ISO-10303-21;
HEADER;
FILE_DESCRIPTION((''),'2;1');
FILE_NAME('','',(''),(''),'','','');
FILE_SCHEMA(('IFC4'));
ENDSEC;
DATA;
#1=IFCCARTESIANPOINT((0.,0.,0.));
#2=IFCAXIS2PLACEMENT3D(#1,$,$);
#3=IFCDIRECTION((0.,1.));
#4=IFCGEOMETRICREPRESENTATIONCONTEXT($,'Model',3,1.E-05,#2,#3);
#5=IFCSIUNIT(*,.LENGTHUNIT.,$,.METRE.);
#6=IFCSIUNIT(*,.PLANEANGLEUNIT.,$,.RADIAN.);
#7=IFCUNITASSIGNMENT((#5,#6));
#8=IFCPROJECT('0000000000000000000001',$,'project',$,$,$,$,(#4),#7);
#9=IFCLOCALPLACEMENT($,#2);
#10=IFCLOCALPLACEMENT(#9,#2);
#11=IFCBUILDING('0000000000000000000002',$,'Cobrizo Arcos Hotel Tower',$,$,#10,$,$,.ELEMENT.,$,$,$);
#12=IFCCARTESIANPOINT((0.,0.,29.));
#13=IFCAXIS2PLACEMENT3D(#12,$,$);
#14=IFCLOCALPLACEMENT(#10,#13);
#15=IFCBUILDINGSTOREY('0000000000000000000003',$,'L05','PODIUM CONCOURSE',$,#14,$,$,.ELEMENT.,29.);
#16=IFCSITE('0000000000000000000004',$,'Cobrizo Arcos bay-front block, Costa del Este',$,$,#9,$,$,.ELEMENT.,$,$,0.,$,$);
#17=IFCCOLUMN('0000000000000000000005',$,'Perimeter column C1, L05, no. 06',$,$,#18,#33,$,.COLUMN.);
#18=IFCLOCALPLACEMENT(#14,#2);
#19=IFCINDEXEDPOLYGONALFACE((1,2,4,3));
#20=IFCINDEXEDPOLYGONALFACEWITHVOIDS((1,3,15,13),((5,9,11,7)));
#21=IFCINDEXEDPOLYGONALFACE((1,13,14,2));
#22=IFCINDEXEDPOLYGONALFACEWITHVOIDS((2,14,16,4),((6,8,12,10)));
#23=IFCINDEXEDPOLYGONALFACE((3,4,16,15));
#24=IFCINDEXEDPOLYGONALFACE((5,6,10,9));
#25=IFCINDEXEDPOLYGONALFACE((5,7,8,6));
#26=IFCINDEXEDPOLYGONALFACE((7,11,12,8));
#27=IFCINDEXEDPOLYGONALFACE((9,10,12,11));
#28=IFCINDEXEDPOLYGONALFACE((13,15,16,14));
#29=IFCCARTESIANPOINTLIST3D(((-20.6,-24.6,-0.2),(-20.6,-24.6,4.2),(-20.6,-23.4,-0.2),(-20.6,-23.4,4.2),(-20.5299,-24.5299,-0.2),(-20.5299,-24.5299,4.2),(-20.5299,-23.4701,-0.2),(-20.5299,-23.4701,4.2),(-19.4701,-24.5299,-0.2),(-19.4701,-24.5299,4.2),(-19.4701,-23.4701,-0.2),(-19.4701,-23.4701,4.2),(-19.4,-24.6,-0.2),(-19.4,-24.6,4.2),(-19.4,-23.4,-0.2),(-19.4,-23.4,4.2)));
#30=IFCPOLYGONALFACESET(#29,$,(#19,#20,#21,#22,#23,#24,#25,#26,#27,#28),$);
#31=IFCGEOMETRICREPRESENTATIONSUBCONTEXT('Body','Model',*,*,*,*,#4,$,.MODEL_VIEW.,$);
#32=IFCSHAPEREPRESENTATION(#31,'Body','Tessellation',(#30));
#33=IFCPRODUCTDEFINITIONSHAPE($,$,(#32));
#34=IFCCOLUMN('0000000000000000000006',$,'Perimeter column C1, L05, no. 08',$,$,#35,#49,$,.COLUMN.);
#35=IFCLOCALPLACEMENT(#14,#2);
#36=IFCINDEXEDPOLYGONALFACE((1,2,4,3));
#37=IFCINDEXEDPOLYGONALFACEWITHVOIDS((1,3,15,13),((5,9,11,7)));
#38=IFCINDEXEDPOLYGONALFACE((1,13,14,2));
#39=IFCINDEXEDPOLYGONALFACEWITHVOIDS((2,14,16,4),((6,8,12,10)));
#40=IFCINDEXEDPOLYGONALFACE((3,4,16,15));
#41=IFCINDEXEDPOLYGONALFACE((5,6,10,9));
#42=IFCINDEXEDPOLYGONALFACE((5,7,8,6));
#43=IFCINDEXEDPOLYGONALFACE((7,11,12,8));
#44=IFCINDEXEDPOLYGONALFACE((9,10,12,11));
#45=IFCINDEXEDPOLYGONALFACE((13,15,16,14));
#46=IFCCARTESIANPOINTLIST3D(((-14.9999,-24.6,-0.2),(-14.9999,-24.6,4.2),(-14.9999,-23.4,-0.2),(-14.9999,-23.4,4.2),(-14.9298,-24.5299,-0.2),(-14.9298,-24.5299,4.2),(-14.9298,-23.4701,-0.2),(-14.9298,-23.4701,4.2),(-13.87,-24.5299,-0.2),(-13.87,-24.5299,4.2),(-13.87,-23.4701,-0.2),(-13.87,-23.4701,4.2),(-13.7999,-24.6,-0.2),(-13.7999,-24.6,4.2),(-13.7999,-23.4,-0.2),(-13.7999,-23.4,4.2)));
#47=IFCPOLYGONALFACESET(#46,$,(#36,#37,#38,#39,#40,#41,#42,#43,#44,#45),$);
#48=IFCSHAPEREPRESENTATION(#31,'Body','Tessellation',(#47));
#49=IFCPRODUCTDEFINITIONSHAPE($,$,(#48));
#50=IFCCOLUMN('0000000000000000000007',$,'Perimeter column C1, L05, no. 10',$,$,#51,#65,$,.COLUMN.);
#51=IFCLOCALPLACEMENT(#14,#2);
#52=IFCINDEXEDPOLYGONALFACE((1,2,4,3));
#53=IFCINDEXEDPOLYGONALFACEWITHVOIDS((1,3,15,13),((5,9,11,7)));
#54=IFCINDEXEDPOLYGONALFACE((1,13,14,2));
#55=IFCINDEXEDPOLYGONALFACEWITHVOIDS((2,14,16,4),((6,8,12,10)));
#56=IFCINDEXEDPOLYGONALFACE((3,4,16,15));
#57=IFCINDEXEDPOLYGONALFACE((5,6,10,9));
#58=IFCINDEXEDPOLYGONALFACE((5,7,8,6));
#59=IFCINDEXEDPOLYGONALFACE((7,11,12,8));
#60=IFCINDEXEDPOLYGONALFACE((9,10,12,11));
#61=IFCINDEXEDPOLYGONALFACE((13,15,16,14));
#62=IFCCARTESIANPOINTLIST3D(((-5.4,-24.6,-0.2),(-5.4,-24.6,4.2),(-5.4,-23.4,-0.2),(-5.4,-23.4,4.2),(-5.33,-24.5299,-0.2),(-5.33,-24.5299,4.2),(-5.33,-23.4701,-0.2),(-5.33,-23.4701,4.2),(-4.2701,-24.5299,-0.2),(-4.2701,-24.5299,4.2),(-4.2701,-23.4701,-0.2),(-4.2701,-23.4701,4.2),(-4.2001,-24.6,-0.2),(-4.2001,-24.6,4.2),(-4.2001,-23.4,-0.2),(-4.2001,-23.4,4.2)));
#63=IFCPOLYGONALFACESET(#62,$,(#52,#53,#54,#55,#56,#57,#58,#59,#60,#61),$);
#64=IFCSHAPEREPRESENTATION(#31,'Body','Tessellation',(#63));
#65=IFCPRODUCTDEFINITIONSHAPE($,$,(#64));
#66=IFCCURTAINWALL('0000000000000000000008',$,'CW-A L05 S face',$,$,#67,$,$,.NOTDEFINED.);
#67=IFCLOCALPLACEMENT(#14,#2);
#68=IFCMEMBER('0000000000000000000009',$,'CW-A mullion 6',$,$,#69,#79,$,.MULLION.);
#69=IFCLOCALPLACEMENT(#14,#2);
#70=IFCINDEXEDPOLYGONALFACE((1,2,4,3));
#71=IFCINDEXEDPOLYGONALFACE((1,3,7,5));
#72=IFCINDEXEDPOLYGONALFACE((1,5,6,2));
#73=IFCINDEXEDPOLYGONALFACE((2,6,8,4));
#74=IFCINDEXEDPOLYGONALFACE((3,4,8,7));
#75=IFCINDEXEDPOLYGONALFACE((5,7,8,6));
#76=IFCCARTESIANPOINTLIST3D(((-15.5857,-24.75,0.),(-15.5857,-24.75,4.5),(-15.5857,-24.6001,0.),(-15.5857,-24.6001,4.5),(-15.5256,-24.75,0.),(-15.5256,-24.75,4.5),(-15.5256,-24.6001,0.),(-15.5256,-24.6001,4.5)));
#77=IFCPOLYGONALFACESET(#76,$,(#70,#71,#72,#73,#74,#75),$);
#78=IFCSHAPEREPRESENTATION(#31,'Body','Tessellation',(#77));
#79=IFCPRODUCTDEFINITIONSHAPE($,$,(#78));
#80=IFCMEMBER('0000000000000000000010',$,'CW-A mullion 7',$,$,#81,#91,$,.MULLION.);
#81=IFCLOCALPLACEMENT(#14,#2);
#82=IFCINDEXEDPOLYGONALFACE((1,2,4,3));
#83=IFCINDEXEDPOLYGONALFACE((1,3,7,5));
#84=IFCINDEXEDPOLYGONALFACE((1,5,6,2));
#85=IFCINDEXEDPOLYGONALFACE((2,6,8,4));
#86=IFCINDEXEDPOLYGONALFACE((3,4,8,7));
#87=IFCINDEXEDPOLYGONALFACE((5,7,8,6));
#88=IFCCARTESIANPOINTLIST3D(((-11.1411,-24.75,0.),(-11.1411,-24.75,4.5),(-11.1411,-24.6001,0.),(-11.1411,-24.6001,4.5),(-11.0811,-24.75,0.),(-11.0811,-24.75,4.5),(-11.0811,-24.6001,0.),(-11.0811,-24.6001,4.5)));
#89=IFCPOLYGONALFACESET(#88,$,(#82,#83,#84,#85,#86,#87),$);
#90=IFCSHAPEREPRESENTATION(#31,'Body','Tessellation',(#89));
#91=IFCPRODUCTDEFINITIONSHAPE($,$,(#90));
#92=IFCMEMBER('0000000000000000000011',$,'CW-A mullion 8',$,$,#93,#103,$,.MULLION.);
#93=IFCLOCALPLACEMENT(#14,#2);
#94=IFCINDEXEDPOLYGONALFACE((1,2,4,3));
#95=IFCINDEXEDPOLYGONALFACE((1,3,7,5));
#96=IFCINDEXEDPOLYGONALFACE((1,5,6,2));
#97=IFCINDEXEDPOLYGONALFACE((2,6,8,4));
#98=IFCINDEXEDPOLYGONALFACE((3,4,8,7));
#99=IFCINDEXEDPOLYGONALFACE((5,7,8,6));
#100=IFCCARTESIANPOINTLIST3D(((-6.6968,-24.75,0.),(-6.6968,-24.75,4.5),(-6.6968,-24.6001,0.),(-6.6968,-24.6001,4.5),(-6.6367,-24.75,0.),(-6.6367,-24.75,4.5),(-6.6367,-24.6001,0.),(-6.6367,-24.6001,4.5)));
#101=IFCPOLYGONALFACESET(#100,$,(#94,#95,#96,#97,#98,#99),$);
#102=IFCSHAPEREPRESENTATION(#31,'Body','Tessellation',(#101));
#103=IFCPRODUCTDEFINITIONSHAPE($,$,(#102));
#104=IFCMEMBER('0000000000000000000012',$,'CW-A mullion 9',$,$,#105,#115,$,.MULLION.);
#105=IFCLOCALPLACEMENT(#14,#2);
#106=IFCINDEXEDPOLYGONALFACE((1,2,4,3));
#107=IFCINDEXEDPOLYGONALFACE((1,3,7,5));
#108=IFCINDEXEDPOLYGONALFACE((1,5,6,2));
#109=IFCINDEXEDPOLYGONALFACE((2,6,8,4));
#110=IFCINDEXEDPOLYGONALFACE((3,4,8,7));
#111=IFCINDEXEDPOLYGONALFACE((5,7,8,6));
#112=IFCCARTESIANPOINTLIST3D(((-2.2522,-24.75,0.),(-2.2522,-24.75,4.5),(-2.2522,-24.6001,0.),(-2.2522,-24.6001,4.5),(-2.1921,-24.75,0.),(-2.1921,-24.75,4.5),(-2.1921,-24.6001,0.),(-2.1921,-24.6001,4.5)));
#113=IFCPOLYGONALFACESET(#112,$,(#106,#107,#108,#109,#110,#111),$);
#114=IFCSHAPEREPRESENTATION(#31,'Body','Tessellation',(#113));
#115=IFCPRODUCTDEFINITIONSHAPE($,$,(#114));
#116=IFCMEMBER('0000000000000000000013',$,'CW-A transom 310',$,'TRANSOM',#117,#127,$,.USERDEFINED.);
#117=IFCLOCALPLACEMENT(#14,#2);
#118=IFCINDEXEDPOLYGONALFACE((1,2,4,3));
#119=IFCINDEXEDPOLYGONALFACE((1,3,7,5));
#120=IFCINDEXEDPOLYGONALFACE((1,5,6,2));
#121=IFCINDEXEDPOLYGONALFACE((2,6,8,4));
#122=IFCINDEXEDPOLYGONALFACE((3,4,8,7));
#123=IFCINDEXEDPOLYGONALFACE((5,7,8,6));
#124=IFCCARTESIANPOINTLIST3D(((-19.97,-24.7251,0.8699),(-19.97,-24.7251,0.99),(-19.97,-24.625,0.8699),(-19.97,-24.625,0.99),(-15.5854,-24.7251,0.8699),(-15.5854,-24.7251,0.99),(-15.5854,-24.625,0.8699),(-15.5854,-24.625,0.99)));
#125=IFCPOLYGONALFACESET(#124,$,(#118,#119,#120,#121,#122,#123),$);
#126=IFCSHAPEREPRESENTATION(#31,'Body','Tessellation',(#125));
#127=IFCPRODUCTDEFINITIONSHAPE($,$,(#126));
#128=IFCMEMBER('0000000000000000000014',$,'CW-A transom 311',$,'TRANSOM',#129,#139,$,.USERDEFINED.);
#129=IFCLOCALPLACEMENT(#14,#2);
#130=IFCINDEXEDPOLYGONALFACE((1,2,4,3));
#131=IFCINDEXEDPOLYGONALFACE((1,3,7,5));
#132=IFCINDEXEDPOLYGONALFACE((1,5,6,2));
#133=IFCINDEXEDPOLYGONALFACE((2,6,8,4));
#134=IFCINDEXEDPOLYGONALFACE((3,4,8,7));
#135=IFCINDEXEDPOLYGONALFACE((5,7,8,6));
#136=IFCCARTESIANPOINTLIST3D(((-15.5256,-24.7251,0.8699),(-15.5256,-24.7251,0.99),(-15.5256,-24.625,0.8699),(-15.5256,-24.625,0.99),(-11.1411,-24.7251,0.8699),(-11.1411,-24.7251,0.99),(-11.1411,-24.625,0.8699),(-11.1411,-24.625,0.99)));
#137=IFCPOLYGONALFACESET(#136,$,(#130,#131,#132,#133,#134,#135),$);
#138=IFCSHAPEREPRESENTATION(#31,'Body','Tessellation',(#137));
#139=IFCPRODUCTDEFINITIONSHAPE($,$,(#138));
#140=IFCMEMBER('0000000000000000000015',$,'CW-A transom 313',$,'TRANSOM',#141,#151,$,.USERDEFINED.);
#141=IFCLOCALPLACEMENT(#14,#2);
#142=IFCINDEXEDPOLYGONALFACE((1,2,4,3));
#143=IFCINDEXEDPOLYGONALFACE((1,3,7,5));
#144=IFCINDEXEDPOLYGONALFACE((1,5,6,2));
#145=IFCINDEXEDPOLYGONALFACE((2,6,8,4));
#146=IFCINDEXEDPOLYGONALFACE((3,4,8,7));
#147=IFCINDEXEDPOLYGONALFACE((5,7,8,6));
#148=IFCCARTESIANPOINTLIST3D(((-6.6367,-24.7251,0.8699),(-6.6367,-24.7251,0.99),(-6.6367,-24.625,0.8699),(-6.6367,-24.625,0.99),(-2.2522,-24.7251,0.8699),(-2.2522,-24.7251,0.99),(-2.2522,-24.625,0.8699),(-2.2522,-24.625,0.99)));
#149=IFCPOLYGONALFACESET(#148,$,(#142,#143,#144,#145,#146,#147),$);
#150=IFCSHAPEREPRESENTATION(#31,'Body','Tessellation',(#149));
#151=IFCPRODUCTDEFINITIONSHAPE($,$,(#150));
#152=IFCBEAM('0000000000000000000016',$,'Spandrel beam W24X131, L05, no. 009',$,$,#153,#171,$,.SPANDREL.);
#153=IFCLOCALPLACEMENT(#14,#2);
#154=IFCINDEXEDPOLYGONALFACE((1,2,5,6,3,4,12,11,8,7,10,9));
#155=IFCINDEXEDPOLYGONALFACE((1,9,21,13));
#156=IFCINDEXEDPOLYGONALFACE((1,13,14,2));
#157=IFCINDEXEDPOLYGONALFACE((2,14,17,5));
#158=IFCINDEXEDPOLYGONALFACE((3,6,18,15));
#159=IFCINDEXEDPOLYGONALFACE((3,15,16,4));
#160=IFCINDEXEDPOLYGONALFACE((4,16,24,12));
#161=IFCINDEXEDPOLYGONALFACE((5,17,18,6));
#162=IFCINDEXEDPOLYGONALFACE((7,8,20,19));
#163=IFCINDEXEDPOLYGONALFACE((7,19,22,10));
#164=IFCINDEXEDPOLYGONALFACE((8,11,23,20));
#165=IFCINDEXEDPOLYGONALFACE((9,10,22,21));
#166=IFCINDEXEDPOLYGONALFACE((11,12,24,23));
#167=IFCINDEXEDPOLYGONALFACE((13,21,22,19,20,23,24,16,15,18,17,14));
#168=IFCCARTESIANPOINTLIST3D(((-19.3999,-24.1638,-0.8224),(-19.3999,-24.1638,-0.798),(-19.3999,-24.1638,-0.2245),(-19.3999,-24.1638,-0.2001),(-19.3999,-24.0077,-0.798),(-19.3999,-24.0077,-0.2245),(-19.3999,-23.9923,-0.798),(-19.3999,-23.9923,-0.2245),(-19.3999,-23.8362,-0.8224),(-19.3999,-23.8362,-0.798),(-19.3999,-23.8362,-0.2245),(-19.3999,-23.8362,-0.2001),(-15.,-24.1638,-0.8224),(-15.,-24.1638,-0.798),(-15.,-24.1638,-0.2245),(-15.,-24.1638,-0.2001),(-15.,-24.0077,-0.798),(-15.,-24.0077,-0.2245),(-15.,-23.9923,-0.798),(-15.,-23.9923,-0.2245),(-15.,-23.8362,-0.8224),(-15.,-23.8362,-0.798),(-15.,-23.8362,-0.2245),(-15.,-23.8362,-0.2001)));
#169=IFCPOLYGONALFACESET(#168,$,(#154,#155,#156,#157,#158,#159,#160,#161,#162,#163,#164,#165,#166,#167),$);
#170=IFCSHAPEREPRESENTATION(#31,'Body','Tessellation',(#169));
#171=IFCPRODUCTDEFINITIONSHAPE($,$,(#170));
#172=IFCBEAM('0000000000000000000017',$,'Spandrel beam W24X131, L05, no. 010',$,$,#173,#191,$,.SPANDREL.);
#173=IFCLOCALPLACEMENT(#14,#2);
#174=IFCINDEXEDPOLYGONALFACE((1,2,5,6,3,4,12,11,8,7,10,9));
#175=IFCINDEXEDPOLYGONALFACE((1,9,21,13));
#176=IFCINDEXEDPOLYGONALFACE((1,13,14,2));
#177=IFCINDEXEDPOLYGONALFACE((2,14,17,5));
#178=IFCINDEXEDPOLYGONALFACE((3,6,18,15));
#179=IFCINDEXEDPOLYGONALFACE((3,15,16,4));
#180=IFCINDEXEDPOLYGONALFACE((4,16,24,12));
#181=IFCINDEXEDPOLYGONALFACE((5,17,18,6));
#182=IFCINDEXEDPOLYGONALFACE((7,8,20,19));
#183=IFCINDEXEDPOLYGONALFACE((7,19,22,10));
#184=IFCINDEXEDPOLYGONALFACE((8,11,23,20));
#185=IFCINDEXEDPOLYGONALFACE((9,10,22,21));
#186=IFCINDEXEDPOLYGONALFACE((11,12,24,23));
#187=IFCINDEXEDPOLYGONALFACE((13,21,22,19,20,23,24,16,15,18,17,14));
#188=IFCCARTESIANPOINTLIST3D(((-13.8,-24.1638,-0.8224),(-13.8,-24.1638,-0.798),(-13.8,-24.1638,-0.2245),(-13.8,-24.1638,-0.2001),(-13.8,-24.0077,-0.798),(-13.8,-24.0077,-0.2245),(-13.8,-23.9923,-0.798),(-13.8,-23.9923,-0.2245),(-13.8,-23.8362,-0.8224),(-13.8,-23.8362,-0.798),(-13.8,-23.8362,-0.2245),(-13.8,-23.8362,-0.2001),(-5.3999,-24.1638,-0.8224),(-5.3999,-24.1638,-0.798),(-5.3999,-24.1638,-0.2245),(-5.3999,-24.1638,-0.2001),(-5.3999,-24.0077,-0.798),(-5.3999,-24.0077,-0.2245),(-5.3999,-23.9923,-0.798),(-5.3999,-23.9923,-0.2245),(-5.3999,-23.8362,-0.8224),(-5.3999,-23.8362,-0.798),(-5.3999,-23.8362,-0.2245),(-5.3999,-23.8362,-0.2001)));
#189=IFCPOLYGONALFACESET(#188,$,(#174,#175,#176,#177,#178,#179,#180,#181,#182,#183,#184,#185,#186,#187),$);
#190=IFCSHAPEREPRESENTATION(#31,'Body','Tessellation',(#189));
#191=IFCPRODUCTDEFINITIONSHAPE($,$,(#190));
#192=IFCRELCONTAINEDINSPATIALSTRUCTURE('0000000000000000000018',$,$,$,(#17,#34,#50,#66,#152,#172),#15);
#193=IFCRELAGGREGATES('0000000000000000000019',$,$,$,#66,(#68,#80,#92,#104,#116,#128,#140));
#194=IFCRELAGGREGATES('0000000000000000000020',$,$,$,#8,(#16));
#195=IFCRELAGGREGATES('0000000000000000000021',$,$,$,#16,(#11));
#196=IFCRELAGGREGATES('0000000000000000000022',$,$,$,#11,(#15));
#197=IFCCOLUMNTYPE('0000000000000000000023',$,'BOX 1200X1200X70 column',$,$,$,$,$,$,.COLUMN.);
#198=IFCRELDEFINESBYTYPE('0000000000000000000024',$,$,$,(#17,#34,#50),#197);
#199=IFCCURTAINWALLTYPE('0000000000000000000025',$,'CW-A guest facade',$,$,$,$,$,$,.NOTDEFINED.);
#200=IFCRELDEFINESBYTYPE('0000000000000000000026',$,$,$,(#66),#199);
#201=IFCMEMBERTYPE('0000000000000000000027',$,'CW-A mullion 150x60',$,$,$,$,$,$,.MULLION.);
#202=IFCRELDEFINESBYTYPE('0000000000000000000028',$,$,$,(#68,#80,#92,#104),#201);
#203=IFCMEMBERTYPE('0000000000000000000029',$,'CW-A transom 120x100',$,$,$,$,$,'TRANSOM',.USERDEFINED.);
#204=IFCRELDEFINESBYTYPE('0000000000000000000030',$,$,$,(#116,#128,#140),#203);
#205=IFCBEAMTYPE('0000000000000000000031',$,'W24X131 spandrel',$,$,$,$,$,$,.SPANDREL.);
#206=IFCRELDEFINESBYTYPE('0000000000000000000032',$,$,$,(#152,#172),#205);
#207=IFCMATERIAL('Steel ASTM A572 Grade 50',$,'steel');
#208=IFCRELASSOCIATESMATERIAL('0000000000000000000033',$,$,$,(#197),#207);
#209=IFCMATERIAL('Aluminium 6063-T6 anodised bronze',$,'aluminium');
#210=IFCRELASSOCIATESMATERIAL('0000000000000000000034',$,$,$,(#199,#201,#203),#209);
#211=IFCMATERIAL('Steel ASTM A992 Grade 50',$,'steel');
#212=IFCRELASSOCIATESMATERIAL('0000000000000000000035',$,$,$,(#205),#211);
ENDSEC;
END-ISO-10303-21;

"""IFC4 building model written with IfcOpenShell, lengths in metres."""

from ifc_helpers import new_model, si_unit, direction, frame, origin, origin_2d, place, context, subcontext, project, spatial, rectangle, hollow_rectangle, i_section, extrude, material, material_profile, profile_set, type_object, element, aggregate, save


model = new_model("IFC4")

# Units and contexts
model_context = context("Model", 3, precision=1e-05, world=origin(), true_north=direction((0.0, 1.0)))
body_context = subcontext(model_context, "Body", "Model", "MODEL_VIEW")
ifc_project = project(units=[si_unit("LENGTHUNIT", "METRE"), si_unit("PLANEANGLEUNIT", "RADIAN")], contexts=[model_context])

# Site, building, storey
site_placement = place(None, origin())
site = spatial("IfcSite", under=ifc_project, at=site_placement, Name="Cobrizo Arcos bay-front block, Costa del Este", CompositionType="ELEMENT", RefElevation=0.0)
building_placement = place(site_placement, origin())
building = spatial("IfcBuilding", under=site, at=building_placement, Name="Cobrizo Arcos Hotel Tower", CompositionType="ELEMENT")
storey_placement = place(building_placement, frame((0.0, 0.0, 29.0)))
storey = spatial("IfcBuildingStorey", under=building, at=storey_placement, Name="L05", Description="PODIUM CONCOURSE", CompositionType="ELEMENT", Elevation=29.0)

# Columns
ifc_material_1 = material(Name="Steel ASTM A572 Grade 50", Category="steel")
ifc_material_profile_1 = material_profile(ifc_material_1, hollow_rectangle(XDim=1.2, YDim=1.2, WallThickness=0.0701, at=origin_2d()), Name="BOX 1200X1200X70")
ifc_profile_set_1 = profile_set([ifc_material_profile_1], Name="Steel ASTM A572 Grade 50")
column_type = type_object("IfcColumnType", Name="BOX 1200X1200X70 column", PredefinedType="COLUMN", material=ifc_profile_set_1)
for number, where, z_axis, x_axis, name in (
    (1, (-20.0, -24.0, -0.2), (0.0, 0.0, 1.0), (1.0, 0.0, 0.0), "Perimeter column C1, L05, no. 06"),
    (2, (-14.3999, -24.0, -0.2), (0.0, 0.0, 1.0), (1.0, 0.0, 0.0), "Perimeter column C1, L05, no. 08"),
    (3, (-4.8, -24.0, -0.2), (0.0, 0.0, 1.0), (1.0, 0.0, 0.0), "Perimeter column C1, L05, no. 10"),
):
    element("IfcColumn", number, at=place(storey_placement, frame(where, z_axis=z_axis, x_axis=x_axis)), inside=storey, type_object=column_type, Name=name, PredefinedType="COLUMN", context=body_context, shape_type="SweptSolid", body=[
        extrude(hollow_rectangle(XDim=1.2, YDim=1.2, WallThickness=0.0701, at=origin_2d()), origin(), (0.0, 0.0, 1.0), 4.3999),
    ])

# Curtain wall, members
ifc_material_2 = material(Name="Aluminium 6063-T6 anodised bronze", Category="aluminium")
curtain_wall_type = type_object("IfcCurtainWallType", Name="CW-A guest facade", PredefinedType="NOTDEFINED", material=ifc_material_2)
curtain_wall_placement = place(storey_placement, origin())
curtain_wall = element("IfcCurtainWall", 4, at=curtain_wall_placement, inside=storey, type_object=curtain_wall_type, Name="CW-A L05 S face", PredefinedType="NOTDEFINED")
ifc_material_profile_2 = material_profile(ifc_material_2, rectangle(XDim=0.1499, YDim=0.0601, at=origin_2d()), Name="CW-A mullion 150x60")
ifc_profile_set_2 = profile_set([ifc_material_profile_2], Name="Aluminium 6063-T6 anodised bronze")
member_type_1 = type_object("IfcMemberType", Name="CW-A mullion 150x60", PredefinedType="MULLION", material=ifc_profile_set_2)
member_1_placement = place(storey_placement, frame((-15.5557, -24.675, 0.0), z_axis=(0.0, 0.0, 1.0), x_axis=(0.0, -1.0, 0.0)))
member_1 = element("IfcMember", 5, at=member_1_placement, type_object=member_type_1, Name="CW-A mullion 6", PredefinedType="MULLION", context=body_context, shape_type="SweptSolid", body=[
    extrude(rectangle(XDim=0.1499, YDim=0.0601, at=origin_2d()), origin(), (0.0, 0.0, 1.0), 4.5),
])
member_2_placement = place(storey_placement, frame((-11.1111, -24.675, 0.0), z_axis=(0.0, 0.0, 1.0), x_axis=(0.0, -1.0, 0.0)))
member_2 = element("IfcMember", 6, at=member_2_placement, type_object=member_type_1, Name="CW-A mullion 7", PredefinedType="MULLION", context=body_context, shape_type="SweptSolid", body=[
    extrude(rectangle(XDim=0.1499, YDim=0.0601, at=origin_2d()), origin(), (0.0, 0.0, 1.0), 4.5),
])
member_3_placement = place(storey_placement, frame((-6.6667, -24.675, 0.0), z_axis=(0.0, 0.0, 1.0), x_axis=(0.0, -1.0, 0.0)))
member_3 = element("IfcMember", 7, at=member_3_placement, type_object=member_type_1, Name="CW-A mullion 8", PredefinedType="MULLION", context=body_context, shape_type="SweptSolid", body=[
    extrude(rectangle(XDim=0.1499, YDim=0.0601, at=origin_2d()), origin(), (0.0, 0.0, 1.0), 4.5),
])
member_4_placement = place(storey_placement, frame((-2.2222, -24.675, 0.0), z_axis=(0.0, 0.0, 1.0), x_axis=(0.0, -1.0, 0.0)))
member_4 = element("IfcMember", 8, at=member_4_placement, type_object=member_type_1, Name="CW-A mullion 9", PredefinedType="MULLION", context=body_context, shape_type="SweptSolid", body=[
    extrude(rectangle(XDim=0.1499, YDim=0.0601, at=origin_2d()), origin(), (0.0, 0.0, 1.0), 4.5),
])
ifc_material_profile_3 = material_profile(ifc_material_2, rectangle(XDim=0.1001, YDim=0.1201, at=origin_2d()), Name="CW-A transom 120x100")
ifc_profile_set_3 = profile_set([ifc_material_profile_3], Name="Aluminium 6063-T6 anodised bronze")
member_type_2 = type_object("IfcMemberType", Name="CW-A transom 120x100", ElementType="TRANSOM", PredefinedType="USERDEFINED", material=ifc_profile_set_3)
member_5_placement = place(storey_placement, frame((-19.97, -24.675, 0.9299), z_axis=(1.0, 0.0, 0.0), x_axis=(0.0, 1.0, 0.0)))
member_5 = element("IfcMember", 9, at=member_5_placement, type_object=member_type_2, Name="CW-A transom 310", ObjectType="TRANSOM", PredefinedType="USERDEFINED", context=body_context, shape_type="SweptSolid", body=[
    extrude(rectangle(XDim=0.1001, YDim=0.1201, at=origin_2d()), origin(), (0.0, 0.0, 1.0), 4.3845),
])
member_6_placement = place(storey_placement, frame((-15.5256, -24.675, 0.9299), z_axis=(1.0, 0.0, 0.0), x_axis=(0.0, 1.0, 0.0)))
member_6 = element("IfcMember", 10, at=member_6_placement, type_object=member_type_2, Name="CW-A transom 311", ObjectType="TRANSOM", PredefinedType="USERDEFINED", context=body_context, shape_type="SweptSolid", body=[
    extrude(rectangle(XDim=0.1001, YDim=0.1201, at=origin_2d()), origin(), (0.0, 0.0, 1.0), 4.3845),
])
member_7_placement = place(storey_placement, frame((-6.6367, -24.675, 0.9299), z_axis=(1.0, 0.0, 0.0), x_axis=(0.0, 1.0, 0.0)))
member_7 = element("IfcMember", 11, at=member_7_placement, type_object=member_type_2, Name="CW-A transom 313", ObjectType="TRANSOM", PredefinedType="USERDEFINED", context=body_context, shape_type="SweptSolid", body=[
    extrude(rectangle(XDim=0.1001, YDim=0.1201, at=origin_2d()), origin(), (0.0, 0.0, 1.0), 4.3845),
])

# Beams
ifc_material_3 = material(Name="Steel ASTM A992 Grade 50", Category="steel")
ifc_material_profile_4 = material_profile(ifc_material_3, i_section(OverallWidth=0.3276, OverallDepth=0.6223, WebThickness=0.0154, FlangeThickness=0.0244, at=origin_2d()), Name="W24X131")
ifc_profile_set_4 = profile_set([ifc_material_profile_4], Name="Steel ASTM A992 Grade 50")
beam_type_1 = type_object("IfcBeamType", Name="W24X131 spandrel", PredefinedType="SPANDREL", material=ifc_profile_set_4)
beam_1_placement = place(storey_placement, frame((-19.3999, -24.0, -0.5112), z_axis=(1.0, 0.0, 0.0), x_axis=(0.0, 1.0, 0.0)))
element("IfcBeam", 12, at=beam_1_placement, inside=storey, type_object=beam_type_1, Name="Spandrel beam W24X131, L05, no. 009", PredefinedType="SPANDREL", context=body_context, shape_type="SweptSolid", body=[
    extrude(i_section(OverallWidth=0.3276, OverallDepth=0.6223, WebThickness=0.0154, FlangeThickness=0.0244, at=origin_2d()), origin(), (0.0, 0.0, 1.0), 4.3999),
])
beam_2_placement = place(storey_placement, frame((-13.8, -24.0, -0.5112), z_axis=(1.0, 0.0, 0.0), x_axis=(0.0, 1.0, 0.0)))
element("IfcBeam", 13, at=beam_2_placement, inside=storey, type_object=beam_type_1, Name="Spandrel beam W24X131, L05, no. 010", PredefinedType="SPANDREL", context=body_context, shape_type="SweptSolid", body=[
    extrude(i_section(OverallWidth=0.3276, OverallDepth=0.6223, WebThickness=0.0154, FlangeThickness=0.0244, at=origin_2d()), origin(), (0.0, 0.0, 1.0), 8.4001),
])

aggregate(curtain_wall, [member_1, member_2, member_3, member_4, member_5, member_6, member_7])

save(model, "model.ifc")
